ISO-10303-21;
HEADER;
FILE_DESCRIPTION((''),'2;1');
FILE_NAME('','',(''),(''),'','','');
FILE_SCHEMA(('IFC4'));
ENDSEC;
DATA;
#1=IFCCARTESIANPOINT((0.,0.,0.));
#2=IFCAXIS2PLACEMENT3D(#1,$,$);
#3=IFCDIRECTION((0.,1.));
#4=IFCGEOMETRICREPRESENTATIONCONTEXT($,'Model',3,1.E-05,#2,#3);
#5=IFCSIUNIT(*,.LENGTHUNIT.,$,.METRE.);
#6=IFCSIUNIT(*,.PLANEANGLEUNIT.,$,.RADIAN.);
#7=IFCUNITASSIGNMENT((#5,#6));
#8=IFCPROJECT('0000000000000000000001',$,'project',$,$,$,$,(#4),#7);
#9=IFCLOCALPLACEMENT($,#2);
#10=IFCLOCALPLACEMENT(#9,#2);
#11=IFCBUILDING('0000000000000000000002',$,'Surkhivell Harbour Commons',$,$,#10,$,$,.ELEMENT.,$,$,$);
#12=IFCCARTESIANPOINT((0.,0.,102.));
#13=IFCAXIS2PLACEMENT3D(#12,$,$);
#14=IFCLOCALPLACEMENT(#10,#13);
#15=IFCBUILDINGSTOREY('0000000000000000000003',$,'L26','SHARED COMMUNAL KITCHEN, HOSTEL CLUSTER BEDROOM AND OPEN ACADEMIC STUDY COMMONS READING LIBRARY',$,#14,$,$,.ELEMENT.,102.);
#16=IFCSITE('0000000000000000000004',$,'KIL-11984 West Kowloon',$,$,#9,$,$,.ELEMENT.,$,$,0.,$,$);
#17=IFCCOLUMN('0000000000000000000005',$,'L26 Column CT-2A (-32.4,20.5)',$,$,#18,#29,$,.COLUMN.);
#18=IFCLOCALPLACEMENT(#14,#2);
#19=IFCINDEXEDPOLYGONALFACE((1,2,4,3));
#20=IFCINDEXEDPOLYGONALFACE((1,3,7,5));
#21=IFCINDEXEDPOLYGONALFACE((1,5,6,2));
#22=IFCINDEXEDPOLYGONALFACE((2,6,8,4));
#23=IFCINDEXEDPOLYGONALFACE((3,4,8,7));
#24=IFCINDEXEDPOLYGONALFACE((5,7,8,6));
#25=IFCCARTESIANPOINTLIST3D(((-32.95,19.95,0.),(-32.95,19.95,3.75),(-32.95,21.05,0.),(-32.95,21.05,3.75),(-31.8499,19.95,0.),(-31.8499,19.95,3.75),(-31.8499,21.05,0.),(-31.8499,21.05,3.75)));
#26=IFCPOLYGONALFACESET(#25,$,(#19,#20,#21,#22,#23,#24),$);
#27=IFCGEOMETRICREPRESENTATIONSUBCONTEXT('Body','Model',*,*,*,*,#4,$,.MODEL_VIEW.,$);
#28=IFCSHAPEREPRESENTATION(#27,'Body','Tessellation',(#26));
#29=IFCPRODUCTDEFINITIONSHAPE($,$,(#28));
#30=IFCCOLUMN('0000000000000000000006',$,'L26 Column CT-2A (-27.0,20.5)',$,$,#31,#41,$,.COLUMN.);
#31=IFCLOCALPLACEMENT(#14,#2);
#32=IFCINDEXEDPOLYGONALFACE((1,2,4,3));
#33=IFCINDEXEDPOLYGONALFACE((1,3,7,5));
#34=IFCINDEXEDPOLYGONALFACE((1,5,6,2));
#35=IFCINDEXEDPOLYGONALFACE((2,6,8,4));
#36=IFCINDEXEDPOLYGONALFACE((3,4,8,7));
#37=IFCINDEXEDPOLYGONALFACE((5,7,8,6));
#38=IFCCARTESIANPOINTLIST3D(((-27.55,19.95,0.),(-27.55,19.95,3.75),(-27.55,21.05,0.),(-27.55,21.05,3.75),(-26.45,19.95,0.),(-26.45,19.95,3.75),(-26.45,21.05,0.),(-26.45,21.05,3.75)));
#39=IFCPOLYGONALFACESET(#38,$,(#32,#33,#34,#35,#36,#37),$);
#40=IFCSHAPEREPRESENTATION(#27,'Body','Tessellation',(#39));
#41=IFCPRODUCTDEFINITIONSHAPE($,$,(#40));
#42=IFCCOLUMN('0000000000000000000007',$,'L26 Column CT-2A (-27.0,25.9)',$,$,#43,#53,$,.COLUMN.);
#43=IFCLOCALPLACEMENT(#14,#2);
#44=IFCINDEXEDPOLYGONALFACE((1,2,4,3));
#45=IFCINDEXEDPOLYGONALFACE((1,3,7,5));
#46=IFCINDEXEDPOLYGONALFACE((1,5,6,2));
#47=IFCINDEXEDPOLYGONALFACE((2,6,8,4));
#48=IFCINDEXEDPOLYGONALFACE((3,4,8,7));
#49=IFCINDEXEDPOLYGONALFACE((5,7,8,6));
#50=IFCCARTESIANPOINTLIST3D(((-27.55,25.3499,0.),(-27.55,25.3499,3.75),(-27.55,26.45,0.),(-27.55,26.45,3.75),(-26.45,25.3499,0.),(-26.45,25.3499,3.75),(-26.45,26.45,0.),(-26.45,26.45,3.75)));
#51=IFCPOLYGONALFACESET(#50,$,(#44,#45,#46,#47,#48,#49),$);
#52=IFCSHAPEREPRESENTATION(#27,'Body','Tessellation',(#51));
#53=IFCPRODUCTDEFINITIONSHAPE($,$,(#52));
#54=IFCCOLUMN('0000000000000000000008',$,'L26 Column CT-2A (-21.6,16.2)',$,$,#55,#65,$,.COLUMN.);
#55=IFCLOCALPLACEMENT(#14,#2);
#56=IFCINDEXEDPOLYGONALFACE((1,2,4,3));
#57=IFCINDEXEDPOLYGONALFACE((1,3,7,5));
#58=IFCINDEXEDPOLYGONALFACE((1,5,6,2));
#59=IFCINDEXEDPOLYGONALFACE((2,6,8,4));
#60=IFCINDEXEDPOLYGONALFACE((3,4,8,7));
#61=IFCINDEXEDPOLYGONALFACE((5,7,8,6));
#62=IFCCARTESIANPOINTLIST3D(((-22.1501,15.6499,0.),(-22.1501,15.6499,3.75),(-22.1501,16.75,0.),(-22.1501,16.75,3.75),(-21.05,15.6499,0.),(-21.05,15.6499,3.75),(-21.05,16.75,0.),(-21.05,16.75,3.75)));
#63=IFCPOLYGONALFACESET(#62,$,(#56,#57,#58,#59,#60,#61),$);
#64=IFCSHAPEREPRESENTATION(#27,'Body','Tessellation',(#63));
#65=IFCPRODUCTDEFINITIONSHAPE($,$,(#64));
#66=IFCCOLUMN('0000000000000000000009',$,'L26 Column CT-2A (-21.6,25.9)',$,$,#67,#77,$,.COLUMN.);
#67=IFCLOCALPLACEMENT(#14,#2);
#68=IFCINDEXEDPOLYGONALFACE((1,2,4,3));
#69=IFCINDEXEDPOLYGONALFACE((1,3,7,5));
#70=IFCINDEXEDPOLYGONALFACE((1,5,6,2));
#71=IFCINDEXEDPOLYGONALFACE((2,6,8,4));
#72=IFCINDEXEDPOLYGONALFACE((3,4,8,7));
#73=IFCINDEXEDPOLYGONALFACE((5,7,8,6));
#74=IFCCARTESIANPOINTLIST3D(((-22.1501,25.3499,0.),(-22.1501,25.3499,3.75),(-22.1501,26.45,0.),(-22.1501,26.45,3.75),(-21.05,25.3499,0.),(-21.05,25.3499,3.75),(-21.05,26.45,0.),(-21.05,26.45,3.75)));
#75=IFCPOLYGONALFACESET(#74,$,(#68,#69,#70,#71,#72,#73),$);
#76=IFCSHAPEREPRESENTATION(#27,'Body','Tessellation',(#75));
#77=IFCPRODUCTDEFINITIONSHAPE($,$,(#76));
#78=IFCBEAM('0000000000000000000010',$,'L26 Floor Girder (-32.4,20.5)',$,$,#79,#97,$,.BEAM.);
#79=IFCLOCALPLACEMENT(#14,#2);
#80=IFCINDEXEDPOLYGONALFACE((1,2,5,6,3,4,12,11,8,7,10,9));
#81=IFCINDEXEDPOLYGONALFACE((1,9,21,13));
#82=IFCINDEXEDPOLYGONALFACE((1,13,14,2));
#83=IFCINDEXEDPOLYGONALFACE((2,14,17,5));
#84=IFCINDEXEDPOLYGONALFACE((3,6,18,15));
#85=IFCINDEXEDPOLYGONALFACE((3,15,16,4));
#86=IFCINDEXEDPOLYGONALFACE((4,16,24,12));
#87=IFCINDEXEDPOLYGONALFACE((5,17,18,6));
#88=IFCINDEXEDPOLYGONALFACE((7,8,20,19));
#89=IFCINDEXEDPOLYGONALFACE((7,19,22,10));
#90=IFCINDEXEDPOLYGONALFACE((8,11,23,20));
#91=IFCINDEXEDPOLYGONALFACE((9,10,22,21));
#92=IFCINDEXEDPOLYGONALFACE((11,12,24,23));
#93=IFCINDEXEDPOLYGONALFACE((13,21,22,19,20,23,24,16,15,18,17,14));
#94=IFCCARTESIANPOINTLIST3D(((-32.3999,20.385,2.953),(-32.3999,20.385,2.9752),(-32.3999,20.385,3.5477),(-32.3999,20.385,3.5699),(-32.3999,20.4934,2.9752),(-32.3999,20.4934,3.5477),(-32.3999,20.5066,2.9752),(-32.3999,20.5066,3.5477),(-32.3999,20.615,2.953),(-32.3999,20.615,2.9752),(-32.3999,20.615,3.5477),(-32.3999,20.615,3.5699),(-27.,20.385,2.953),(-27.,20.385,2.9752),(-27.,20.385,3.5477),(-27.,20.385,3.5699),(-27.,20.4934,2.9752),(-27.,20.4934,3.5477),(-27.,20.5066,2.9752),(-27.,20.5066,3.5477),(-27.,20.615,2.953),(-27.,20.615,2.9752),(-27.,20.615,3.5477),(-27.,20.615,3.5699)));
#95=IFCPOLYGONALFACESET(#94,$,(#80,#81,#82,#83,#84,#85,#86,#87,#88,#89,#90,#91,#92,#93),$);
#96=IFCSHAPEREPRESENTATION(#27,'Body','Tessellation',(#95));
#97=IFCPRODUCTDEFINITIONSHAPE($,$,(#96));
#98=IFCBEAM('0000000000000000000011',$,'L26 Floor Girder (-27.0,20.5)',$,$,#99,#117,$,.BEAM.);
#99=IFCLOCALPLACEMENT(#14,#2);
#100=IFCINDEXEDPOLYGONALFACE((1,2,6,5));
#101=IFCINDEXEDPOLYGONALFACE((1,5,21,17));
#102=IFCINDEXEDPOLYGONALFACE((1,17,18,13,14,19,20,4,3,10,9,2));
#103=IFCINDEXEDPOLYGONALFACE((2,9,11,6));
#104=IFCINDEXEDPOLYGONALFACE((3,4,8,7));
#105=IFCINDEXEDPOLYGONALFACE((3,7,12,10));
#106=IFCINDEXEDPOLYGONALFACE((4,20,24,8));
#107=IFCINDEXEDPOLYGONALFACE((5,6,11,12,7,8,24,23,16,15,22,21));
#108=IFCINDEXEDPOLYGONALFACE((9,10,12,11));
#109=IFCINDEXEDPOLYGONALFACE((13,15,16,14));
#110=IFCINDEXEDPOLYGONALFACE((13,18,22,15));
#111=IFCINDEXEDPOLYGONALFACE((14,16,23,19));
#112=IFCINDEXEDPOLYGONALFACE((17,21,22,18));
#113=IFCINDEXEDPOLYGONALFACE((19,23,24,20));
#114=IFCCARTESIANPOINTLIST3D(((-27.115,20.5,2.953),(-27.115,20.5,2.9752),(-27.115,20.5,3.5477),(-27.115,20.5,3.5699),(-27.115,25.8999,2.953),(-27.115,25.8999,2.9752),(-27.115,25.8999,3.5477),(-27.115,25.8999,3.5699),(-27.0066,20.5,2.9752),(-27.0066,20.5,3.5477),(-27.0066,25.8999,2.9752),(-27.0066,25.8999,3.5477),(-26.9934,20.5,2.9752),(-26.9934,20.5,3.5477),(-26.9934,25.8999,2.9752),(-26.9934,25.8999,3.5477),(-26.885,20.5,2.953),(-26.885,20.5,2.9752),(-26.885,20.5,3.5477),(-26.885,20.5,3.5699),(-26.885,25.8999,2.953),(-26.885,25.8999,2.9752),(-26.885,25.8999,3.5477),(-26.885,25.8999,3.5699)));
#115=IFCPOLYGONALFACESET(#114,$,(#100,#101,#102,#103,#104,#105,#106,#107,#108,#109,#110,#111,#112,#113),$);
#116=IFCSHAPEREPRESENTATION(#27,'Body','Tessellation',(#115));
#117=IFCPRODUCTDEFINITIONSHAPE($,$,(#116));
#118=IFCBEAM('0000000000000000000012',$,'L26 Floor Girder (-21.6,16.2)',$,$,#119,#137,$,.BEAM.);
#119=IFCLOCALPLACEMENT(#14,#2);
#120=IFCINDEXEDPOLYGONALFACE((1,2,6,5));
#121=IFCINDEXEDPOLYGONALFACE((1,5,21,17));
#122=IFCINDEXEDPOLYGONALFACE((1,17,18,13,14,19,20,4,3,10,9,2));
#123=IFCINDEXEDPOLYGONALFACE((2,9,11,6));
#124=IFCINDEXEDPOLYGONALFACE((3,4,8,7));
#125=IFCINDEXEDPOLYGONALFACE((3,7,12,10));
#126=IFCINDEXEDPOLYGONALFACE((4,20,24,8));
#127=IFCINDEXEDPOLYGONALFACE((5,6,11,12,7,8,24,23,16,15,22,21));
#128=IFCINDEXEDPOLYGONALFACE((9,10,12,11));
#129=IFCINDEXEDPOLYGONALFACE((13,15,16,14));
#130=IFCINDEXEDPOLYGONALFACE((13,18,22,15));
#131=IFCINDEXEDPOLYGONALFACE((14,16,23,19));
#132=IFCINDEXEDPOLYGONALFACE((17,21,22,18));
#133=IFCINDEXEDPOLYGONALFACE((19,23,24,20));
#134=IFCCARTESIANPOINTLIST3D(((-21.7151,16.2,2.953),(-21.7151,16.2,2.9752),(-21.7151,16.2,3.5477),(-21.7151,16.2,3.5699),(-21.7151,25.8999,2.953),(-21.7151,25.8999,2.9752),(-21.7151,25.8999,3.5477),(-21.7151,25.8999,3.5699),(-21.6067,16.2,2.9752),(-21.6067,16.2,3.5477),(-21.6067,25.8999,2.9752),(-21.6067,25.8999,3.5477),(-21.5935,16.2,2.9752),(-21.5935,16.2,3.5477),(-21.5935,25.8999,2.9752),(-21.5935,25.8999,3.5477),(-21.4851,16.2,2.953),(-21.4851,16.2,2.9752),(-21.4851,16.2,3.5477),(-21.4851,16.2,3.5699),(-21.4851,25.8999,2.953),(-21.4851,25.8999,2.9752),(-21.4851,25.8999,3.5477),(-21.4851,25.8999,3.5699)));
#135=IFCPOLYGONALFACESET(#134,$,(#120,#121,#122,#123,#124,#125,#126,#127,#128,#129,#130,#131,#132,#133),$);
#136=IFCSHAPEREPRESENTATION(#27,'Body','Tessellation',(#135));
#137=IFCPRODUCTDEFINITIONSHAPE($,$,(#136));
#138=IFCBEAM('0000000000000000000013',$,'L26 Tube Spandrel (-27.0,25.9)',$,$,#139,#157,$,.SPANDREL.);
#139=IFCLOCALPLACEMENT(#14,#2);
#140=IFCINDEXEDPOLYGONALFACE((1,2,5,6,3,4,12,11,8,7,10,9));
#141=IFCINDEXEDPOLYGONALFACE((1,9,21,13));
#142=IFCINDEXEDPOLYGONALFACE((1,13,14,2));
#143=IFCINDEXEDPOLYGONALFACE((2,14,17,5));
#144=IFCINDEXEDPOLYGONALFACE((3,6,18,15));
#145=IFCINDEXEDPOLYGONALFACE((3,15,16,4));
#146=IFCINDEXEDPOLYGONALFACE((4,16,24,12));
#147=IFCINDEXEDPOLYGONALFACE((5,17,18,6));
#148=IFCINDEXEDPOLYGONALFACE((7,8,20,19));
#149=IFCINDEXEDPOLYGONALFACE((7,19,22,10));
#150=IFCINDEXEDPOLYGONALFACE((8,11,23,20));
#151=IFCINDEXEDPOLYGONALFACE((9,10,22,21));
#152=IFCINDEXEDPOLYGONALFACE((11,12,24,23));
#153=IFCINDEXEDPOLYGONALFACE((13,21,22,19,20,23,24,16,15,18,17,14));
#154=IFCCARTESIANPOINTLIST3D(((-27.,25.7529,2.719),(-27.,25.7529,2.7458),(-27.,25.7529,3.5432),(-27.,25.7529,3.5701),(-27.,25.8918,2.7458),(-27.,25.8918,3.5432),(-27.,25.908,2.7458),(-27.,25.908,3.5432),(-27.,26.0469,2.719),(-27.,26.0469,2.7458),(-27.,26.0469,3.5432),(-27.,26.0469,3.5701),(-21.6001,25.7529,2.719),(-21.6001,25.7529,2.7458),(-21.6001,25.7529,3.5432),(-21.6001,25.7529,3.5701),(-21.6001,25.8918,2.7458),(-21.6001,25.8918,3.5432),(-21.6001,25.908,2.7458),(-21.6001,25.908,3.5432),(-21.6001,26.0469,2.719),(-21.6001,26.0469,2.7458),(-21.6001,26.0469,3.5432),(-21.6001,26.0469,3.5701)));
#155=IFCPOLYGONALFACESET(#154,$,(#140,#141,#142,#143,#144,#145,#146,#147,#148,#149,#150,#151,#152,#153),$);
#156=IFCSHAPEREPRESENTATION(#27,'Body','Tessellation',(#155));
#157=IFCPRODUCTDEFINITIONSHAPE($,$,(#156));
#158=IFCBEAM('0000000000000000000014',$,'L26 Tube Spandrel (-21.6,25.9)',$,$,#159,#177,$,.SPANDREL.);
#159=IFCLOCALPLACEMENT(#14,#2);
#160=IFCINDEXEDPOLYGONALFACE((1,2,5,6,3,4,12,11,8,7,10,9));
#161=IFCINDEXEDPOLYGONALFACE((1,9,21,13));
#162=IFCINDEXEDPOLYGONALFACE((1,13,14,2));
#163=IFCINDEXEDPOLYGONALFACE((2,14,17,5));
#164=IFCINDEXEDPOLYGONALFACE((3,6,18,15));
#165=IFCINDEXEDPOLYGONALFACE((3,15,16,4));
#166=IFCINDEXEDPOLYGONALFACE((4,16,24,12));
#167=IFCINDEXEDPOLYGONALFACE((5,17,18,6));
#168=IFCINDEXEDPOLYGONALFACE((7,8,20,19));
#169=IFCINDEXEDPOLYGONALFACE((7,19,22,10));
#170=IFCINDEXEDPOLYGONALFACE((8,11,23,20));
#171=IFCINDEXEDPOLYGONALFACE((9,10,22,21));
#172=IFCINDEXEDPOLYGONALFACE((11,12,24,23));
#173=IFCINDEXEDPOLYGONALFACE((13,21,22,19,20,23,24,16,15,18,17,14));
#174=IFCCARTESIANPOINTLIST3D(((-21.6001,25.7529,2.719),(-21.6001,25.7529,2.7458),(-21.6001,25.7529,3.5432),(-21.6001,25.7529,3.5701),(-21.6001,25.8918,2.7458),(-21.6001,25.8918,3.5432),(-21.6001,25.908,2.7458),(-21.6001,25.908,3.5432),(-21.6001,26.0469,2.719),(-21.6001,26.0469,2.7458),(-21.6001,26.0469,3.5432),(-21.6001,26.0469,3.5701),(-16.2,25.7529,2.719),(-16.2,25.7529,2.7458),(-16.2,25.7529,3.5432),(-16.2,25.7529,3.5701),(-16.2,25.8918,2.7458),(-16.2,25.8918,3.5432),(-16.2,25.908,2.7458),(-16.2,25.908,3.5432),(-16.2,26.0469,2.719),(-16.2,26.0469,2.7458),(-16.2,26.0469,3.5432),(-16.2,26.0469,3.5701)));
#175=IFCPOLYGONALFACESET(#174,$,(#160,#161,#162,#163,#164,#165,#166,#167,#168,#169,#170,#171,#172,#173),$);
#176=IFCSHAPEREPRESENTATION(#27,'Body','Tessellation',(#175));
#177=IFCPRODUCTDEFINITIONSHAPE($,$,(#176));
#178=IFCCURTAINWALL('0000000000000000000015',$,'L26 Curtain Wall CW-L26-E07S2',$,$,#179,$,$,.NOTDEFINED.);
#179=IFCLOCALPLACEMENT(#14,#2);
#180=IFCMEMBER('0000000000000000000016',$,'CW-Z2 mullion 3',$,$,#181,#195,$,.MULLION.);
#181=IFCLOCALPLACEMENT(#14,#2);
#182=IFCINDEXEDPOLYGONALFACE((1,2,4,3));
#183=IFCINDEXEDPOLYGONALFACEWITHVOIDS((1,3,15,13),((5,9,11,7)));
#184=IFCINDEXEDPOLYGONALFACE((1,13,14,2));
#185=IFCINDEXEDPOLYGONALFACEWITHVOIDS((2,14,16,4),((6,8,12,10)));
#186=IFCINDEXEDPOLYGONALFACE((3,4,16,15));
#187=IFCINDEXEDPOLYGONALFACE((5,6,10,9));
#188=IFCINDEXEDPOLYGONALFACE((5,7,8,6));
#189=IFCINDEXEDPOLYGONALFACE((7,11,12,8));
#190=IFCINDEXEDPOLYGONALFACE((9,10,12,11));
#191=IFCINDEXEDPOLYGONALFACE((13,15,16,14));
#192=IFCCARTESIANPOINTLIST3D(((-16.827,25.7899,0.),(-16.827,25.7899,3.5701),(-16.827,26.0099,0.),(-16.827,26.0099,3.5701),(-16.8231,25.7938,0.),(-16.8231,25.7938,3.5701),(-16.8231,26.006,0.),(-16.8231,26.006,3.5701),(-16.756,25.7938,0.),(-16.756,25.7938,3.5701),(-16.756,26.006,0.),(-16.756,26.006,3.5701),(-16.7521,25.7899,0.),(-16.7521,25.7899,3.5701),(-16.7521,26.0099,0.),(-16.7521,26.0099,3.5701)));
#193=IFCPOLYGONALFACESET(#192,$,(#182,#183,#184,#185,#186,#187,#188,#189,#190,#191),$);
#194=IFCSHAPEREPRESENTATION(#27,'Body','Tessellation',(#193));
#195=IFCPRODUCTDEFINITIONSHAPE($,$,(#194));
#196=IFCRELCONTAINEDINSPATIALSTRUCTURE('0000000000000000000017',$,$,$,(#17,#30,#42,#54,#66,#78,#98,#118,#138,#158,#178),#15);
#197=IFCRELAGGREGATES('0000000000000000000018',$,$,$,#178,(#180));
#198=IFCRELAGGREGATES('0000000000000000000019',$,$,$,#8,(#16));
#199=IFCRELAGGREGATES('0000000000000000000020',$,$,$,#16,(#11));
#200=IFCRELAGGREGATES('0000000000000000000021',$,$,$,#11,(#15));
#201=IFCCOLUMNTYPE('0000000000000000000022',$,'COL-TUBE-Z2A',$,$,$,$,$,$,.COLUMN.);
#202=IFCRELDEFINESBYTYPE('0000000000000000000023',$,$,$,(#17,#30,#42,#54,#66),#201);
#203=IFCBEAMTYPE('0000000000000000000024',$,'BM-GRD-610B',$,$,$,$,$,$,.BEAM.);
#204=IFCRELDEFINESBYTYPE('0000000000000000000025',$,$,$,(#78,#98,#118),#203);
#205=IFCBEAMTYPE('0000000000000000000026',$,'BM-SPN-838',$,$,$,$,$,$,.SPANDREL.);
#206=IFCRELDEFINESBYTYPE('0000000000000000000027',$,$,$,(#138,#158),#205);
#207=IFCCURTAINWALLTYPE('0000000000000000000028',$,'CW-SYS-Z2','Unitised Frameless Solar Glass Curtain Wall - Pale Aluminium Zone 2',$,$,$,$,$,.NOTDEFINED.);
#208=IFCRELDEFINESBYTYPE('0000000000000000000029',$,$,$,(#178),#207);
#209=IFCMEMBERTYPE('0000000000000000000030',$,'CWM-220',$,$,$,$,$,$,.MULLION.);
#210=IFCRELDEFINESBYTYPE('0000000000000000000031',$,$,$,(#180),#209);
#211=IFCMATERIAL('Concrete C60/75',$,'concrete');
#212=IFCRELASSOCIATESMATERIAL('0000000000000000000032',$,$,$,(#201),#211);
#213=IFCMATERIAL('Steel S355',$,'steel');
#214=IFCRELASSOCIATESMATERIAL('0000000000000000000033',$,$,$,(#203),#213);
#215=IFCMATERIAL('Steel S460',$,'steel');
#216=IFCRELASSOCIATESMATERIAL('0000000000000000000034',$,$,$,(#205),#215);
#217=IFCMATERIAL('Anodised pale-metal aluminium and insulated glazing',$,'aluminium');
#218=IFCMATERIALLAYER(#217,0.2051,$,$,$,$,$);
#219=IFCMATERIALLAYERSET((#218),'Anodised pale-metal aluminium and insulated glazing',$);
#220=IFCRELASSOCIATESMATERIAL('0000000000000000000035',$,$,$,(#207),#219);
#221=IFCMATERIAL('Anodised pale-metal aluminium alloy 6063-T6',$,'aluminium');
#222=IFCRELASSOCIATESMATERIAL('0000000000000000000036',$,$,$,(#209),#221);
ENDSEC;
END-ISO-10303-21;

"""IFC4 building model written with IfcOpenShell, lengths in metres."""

from ifc_helpers import new_model, si_unit, direction, frame, origin, origin_2d, place, context, subcontext, project, spatial, rectangle, hollow_rectangle, i_section, extrude, material, layer, layer_set, material_profile, profile_set, type_object, element, aggregate, save


model = new_model("IFC4")

# Units and contexts
model_context = context("Model", 3, precision=1e-05, world=origin(), true_north=direction((0.0, 1.0)))
body_context = subcontext(model_context, "Body", "Model", "MODEL_VIEW")
ifc_project = project(units=[si_unit("LENGTHUNIT", "METRE"), si_unit("PLANEANGLEUNIT", "RADIAN")], contexts=[model_context])

# Site, building, storey
site_placement = place(None, origin())
site = spatial("IfcSite", under=ifc_project, at=site_placement, Name="KIL-11984 West Kowloon", CompositionType="ELEMENT", RefElevation=0.0)
building_placement = place(site_placement, origin())
building = spatial("IfcBuilding", under=site, at=building_placement, Name="Surkhivell Harbour Commons", CompositionType="ELEMENT")
storey_placement = place(building_placement, frame((0.0, 0.0, 102.0)))
storey = spatial("IfcBuildingStorey", under=building, at=storey_placement, Name="L26", Description="SHARED COMMUNAL KITCHEN, HOSTEL CLUSTER BEDROOM AND OPEN ACADEMIC STUDY COMMONS READING LIBRARY", CompositionType="ELEMENT", Elevation=102.0)

# Columns
ifc_material_1 = material(Name="Concrete C60/75", Category="concrete")
ifc_material_profile_1 = material_profile(ifc_material_1, rectangle(XDim=1.1001, YDim=1.1001, at=origin_2d()), Name="RC-COL-1100x1100")
ifc_profile_set_1 = profile_set([ifc_material_profile_1], Name="Concrete C60/75")
column_type = type_object("IfcColumnType", Name="COL-TUBE-Z2A", PredefinedType="COLUMN", material=ifc_profile_set_1)
for number, where, z_axis, x_axis, name in (
    (1, (-32.3999, 20.5, 0.0), (0.0, 0.0, 1.0), (1.0, 0.0, 0.0), "L26 Column CT-2A (-32.4,20.5)"),
    (2, (-27.0, 20.5, 0.0), (0.0, 0.0, 1.0), (1.0, 0.0, 0.0), "L26 Column CT-2A (-27.0,20.5)"),
    (3, (-27.0, 25.8999, 0.0), (0.0, 0.0, 1.0), (1.0, 0.0, 0.0), "L26 Column CT-2A (-27.0,25.9)"),
    (4, (-21.6001, 16.2, 0.0), (0.0, 0.0, 1.0), (1.0, 0.0, 0.0), "L26 Column CT-2A (-21.6,16.2)"),
    (5, (-21.6001, 25.8999, 0.0), (0.0, 0.0, 1.0), (1.0, 0.0, 0.0), "L26 Column CT-2A (-21.6,25.9)"),
):
    element("IfcColumn", number, at=place(storey_placement, frame(where, z_axis=z_axis, x_axis=x_axis)), inside=storey, type_object=column_type, Name=name, PredefinedType="COLUMN", context=body_context, shape_type="SweptSolid", body=[
        extrude(rectangle(XDim=1.1001, YDim=1.1001, at=origin_2d()), origin(), (0.0, 0.0, 1.0), 3.75),
    ])

# Beams
ifc_material_2 = material(Name="Steel S355", Category="steel")
ifc_material_profile_2 = material_profile(ifc_material_2, i_section(OverallWidth=0.23, OverallDepth=0.6169, WebThickness=0.0132, FlangeThickness=0.0222, at=origin_2d()), Name="UB610x229x140")
ifc_profile_set_2 = profile_set([ifc_material_profile_2], Name="Steel S355")
beam_type_1 = type_object("IfcBeamType", Name="BM-GRD-610B", PredefinedType="BEAM", material=ifc_profile_set_2)
for number, where, z_axis, x_axis, name in (
    (6, (-32.3999, 20.5, 3.2615), (1.0, 0.0, 0.0), (0.0, 1.0, 0.0), "L26 Floor Girder (-32.4,20.5)"),
    (7, (-27.0, 20.5, 3.2615), (0.0, 1.0, 0.0), (-1.0, 0.0, 0.0), "L26 Floor Girder (-27.0,20.5)"),
):
    element("IfcBeam", number, at=place(storey_placement, frame(where, z_axis=z_axis, x_axis=x_axis)), inside=storey, type_object=beam_type_1, Name=name, PredefinedType="BEAM", context=body_context, shape_type="SweptSolid", body=[
        extrude(i_section(OverallWidth=0.23, OverallDepth=0.6169, WebThickness=0.0132, FlangeThickness=0.0222, at=origin_2d()), origin(), (0.0, 0.0, 1.0), 5.3999),
    ])
beam_1_placement = place(storey_placement, frame((-21.6001, 16.2, 3.2615), z_axis=(0.0, 1.0, 0.0), x_axis=(-1.0, 0.0, 0.0)))
element("IfcBeam", 8, at=beam_1_placement, inside=storey, type_object=beam_type_1, Name="L26 Floor Girder (-21.6,16.2)", PredefinedType="BEAM", context=body_context, shape_type="SweptSolid", body=[
    extrude(i_section(OverallWidth=0.23, OverallDepth=0.6169, WebThickness=0.0132, FlangeThickness=0.0222, at=origin_2d()), origin(), (0.0, 0.0, 1.0), 9.7),
])
ifc_material_3 = material(Name="Steel S460", Category="steel")
ifc_material_profile_3 = material_profile(ifc_material_3, i_section(OverallWidth=0.2939, OverallDepth=0.8511, WebThickness=0.0161, FlangeThickness=0.0269, at=origin_2d()), Name="UB838x292x226")
ifc_profile_set_3 = profile_set([ifc_material_profile_3], Name="Steel S460")
beam_type_2 = type_object("IfcBeamType", Name="BM-SPN-838", PredefinedType="SPANDREL", material=ifc_profile_set_3)
beam_2_placement = place(storey_placement, frame((-27.0, 25.8999, 3.1445), z_axis=(1.0, 0.0, 0.0), x_axis=(0.0, 1.0, 0.0)))
element("IfcBeam", 9, at=beam_2_placement, inside=storey, type_object=beam_type_2, Name="L26 Tube Spandrel (-27.0,25.9)", PredefinedType="SPANDREL", context=body_context, shape_type="SweptSolid", body=[
    extrude(i_section(OverallWidth=0.2939, OverallDepth=0.8511, WebThickness=0.0161, FlangeThickness=0.0269, at=origin_2d()), origin(), (0.0, 0.0, 1.0), 5.3999),
])
beam_3_placement = place(storey_placement, frame((-21.6001, 25.8999, 3.1445), z_axis=(1.0, 0.0, 0.0), x_axis=(0.0, 1.0, 0.0)))
element("IfcBeam", 10, at=beam_3_placement, inside=storey, type_object=beam_type_2, Name="L26 Tube Spandrel (-21.6,25.9)", PredefinedType="SPANDREL", context=body_context, shape_type="SweptSolid", body=[
    extrude(i_section(OverallWidth=0.2939, OverallDepth=0.8511, WebThickness=0.0161, FlangeThickness=0.0269, at=origin_2d()), origin(), (0.0, 0.0, 1.0), 5.4001),
])

# Curtain wall, member
ifc_material_4 = material(Name="Anodised pale-metal aluminium and insulated glazing", Category="aluminium")
ifc_layer_1 = layer(ifc_material_4, 0.2051)
ifc_layer_set_1 = layer_set([ifc_layer_1], Name="Anodised pale-metal aluminium and insulated glazing")
curtain_wall_type = type_object("IfcCurtainWallType", Name="CW-SYS-Z2", Description="Unitised Frameless Solar Glass Curtain Wall - Pale Aluminium Zone 2", PredefinedType="NOTDEFINED", material=ifc_layer_set_1)
curtain_wall_1_placement = place(storey_placement, origin())
curtain_wall_1 = element("IfcCurtainWall", 11, at=curtain_wall_1_placement, inside=storey, type_object=curtain_wall_type, Name="L26 Curtain Wall CW-L26-E07S2", PredefinedType="NOTDEFINED")
ifc_material_5 = material(Name="Anodised pale-metal aluminium alloy 6063-T6", Category="aluminium")
ifc_material_profile_4 = material_profile(ifc_material_5, hollow_rectangle(XDim=0.075, YDim=0.22, WallThickness=0.0039, at=origin_2d()), Name="ALU-MULL-75x220")
ifc_profile_set_4 = profile_set([ifc_material_profile_4], Name="Anodised pale-metal aluminium alloy 6063-T6")
member_type_1 = type_object("IfcMemberType", Name="CWM-220", PredefinedType="MULLION", material=ifc_profile_set_4)
member_1_placement = place(storey_placement, frame((-16.7896, 25.8999, 0.0), z_axis=(0.0, 0.0, 1.0), x_axis=(-1.0, 0.0, 0.0)))
member_1 = element("IfcMember", 12, at=member_1_placement, type_object=member_type_1, Name="CW-Z2 mullion 3", PredefinedType="MULLION", context=body_context, shape_type="SweptSolid", body=[
    extrude(hollow_rectangle(XDim=0.075, YDim=0.22, WallThickness=0.0039, at=origin_2d()), origin(), (0.0, 0.0, 1.0), 3.5701),
])

aggregate(curtain_wall_1, [member_1])

save(model, "model.ifc")
